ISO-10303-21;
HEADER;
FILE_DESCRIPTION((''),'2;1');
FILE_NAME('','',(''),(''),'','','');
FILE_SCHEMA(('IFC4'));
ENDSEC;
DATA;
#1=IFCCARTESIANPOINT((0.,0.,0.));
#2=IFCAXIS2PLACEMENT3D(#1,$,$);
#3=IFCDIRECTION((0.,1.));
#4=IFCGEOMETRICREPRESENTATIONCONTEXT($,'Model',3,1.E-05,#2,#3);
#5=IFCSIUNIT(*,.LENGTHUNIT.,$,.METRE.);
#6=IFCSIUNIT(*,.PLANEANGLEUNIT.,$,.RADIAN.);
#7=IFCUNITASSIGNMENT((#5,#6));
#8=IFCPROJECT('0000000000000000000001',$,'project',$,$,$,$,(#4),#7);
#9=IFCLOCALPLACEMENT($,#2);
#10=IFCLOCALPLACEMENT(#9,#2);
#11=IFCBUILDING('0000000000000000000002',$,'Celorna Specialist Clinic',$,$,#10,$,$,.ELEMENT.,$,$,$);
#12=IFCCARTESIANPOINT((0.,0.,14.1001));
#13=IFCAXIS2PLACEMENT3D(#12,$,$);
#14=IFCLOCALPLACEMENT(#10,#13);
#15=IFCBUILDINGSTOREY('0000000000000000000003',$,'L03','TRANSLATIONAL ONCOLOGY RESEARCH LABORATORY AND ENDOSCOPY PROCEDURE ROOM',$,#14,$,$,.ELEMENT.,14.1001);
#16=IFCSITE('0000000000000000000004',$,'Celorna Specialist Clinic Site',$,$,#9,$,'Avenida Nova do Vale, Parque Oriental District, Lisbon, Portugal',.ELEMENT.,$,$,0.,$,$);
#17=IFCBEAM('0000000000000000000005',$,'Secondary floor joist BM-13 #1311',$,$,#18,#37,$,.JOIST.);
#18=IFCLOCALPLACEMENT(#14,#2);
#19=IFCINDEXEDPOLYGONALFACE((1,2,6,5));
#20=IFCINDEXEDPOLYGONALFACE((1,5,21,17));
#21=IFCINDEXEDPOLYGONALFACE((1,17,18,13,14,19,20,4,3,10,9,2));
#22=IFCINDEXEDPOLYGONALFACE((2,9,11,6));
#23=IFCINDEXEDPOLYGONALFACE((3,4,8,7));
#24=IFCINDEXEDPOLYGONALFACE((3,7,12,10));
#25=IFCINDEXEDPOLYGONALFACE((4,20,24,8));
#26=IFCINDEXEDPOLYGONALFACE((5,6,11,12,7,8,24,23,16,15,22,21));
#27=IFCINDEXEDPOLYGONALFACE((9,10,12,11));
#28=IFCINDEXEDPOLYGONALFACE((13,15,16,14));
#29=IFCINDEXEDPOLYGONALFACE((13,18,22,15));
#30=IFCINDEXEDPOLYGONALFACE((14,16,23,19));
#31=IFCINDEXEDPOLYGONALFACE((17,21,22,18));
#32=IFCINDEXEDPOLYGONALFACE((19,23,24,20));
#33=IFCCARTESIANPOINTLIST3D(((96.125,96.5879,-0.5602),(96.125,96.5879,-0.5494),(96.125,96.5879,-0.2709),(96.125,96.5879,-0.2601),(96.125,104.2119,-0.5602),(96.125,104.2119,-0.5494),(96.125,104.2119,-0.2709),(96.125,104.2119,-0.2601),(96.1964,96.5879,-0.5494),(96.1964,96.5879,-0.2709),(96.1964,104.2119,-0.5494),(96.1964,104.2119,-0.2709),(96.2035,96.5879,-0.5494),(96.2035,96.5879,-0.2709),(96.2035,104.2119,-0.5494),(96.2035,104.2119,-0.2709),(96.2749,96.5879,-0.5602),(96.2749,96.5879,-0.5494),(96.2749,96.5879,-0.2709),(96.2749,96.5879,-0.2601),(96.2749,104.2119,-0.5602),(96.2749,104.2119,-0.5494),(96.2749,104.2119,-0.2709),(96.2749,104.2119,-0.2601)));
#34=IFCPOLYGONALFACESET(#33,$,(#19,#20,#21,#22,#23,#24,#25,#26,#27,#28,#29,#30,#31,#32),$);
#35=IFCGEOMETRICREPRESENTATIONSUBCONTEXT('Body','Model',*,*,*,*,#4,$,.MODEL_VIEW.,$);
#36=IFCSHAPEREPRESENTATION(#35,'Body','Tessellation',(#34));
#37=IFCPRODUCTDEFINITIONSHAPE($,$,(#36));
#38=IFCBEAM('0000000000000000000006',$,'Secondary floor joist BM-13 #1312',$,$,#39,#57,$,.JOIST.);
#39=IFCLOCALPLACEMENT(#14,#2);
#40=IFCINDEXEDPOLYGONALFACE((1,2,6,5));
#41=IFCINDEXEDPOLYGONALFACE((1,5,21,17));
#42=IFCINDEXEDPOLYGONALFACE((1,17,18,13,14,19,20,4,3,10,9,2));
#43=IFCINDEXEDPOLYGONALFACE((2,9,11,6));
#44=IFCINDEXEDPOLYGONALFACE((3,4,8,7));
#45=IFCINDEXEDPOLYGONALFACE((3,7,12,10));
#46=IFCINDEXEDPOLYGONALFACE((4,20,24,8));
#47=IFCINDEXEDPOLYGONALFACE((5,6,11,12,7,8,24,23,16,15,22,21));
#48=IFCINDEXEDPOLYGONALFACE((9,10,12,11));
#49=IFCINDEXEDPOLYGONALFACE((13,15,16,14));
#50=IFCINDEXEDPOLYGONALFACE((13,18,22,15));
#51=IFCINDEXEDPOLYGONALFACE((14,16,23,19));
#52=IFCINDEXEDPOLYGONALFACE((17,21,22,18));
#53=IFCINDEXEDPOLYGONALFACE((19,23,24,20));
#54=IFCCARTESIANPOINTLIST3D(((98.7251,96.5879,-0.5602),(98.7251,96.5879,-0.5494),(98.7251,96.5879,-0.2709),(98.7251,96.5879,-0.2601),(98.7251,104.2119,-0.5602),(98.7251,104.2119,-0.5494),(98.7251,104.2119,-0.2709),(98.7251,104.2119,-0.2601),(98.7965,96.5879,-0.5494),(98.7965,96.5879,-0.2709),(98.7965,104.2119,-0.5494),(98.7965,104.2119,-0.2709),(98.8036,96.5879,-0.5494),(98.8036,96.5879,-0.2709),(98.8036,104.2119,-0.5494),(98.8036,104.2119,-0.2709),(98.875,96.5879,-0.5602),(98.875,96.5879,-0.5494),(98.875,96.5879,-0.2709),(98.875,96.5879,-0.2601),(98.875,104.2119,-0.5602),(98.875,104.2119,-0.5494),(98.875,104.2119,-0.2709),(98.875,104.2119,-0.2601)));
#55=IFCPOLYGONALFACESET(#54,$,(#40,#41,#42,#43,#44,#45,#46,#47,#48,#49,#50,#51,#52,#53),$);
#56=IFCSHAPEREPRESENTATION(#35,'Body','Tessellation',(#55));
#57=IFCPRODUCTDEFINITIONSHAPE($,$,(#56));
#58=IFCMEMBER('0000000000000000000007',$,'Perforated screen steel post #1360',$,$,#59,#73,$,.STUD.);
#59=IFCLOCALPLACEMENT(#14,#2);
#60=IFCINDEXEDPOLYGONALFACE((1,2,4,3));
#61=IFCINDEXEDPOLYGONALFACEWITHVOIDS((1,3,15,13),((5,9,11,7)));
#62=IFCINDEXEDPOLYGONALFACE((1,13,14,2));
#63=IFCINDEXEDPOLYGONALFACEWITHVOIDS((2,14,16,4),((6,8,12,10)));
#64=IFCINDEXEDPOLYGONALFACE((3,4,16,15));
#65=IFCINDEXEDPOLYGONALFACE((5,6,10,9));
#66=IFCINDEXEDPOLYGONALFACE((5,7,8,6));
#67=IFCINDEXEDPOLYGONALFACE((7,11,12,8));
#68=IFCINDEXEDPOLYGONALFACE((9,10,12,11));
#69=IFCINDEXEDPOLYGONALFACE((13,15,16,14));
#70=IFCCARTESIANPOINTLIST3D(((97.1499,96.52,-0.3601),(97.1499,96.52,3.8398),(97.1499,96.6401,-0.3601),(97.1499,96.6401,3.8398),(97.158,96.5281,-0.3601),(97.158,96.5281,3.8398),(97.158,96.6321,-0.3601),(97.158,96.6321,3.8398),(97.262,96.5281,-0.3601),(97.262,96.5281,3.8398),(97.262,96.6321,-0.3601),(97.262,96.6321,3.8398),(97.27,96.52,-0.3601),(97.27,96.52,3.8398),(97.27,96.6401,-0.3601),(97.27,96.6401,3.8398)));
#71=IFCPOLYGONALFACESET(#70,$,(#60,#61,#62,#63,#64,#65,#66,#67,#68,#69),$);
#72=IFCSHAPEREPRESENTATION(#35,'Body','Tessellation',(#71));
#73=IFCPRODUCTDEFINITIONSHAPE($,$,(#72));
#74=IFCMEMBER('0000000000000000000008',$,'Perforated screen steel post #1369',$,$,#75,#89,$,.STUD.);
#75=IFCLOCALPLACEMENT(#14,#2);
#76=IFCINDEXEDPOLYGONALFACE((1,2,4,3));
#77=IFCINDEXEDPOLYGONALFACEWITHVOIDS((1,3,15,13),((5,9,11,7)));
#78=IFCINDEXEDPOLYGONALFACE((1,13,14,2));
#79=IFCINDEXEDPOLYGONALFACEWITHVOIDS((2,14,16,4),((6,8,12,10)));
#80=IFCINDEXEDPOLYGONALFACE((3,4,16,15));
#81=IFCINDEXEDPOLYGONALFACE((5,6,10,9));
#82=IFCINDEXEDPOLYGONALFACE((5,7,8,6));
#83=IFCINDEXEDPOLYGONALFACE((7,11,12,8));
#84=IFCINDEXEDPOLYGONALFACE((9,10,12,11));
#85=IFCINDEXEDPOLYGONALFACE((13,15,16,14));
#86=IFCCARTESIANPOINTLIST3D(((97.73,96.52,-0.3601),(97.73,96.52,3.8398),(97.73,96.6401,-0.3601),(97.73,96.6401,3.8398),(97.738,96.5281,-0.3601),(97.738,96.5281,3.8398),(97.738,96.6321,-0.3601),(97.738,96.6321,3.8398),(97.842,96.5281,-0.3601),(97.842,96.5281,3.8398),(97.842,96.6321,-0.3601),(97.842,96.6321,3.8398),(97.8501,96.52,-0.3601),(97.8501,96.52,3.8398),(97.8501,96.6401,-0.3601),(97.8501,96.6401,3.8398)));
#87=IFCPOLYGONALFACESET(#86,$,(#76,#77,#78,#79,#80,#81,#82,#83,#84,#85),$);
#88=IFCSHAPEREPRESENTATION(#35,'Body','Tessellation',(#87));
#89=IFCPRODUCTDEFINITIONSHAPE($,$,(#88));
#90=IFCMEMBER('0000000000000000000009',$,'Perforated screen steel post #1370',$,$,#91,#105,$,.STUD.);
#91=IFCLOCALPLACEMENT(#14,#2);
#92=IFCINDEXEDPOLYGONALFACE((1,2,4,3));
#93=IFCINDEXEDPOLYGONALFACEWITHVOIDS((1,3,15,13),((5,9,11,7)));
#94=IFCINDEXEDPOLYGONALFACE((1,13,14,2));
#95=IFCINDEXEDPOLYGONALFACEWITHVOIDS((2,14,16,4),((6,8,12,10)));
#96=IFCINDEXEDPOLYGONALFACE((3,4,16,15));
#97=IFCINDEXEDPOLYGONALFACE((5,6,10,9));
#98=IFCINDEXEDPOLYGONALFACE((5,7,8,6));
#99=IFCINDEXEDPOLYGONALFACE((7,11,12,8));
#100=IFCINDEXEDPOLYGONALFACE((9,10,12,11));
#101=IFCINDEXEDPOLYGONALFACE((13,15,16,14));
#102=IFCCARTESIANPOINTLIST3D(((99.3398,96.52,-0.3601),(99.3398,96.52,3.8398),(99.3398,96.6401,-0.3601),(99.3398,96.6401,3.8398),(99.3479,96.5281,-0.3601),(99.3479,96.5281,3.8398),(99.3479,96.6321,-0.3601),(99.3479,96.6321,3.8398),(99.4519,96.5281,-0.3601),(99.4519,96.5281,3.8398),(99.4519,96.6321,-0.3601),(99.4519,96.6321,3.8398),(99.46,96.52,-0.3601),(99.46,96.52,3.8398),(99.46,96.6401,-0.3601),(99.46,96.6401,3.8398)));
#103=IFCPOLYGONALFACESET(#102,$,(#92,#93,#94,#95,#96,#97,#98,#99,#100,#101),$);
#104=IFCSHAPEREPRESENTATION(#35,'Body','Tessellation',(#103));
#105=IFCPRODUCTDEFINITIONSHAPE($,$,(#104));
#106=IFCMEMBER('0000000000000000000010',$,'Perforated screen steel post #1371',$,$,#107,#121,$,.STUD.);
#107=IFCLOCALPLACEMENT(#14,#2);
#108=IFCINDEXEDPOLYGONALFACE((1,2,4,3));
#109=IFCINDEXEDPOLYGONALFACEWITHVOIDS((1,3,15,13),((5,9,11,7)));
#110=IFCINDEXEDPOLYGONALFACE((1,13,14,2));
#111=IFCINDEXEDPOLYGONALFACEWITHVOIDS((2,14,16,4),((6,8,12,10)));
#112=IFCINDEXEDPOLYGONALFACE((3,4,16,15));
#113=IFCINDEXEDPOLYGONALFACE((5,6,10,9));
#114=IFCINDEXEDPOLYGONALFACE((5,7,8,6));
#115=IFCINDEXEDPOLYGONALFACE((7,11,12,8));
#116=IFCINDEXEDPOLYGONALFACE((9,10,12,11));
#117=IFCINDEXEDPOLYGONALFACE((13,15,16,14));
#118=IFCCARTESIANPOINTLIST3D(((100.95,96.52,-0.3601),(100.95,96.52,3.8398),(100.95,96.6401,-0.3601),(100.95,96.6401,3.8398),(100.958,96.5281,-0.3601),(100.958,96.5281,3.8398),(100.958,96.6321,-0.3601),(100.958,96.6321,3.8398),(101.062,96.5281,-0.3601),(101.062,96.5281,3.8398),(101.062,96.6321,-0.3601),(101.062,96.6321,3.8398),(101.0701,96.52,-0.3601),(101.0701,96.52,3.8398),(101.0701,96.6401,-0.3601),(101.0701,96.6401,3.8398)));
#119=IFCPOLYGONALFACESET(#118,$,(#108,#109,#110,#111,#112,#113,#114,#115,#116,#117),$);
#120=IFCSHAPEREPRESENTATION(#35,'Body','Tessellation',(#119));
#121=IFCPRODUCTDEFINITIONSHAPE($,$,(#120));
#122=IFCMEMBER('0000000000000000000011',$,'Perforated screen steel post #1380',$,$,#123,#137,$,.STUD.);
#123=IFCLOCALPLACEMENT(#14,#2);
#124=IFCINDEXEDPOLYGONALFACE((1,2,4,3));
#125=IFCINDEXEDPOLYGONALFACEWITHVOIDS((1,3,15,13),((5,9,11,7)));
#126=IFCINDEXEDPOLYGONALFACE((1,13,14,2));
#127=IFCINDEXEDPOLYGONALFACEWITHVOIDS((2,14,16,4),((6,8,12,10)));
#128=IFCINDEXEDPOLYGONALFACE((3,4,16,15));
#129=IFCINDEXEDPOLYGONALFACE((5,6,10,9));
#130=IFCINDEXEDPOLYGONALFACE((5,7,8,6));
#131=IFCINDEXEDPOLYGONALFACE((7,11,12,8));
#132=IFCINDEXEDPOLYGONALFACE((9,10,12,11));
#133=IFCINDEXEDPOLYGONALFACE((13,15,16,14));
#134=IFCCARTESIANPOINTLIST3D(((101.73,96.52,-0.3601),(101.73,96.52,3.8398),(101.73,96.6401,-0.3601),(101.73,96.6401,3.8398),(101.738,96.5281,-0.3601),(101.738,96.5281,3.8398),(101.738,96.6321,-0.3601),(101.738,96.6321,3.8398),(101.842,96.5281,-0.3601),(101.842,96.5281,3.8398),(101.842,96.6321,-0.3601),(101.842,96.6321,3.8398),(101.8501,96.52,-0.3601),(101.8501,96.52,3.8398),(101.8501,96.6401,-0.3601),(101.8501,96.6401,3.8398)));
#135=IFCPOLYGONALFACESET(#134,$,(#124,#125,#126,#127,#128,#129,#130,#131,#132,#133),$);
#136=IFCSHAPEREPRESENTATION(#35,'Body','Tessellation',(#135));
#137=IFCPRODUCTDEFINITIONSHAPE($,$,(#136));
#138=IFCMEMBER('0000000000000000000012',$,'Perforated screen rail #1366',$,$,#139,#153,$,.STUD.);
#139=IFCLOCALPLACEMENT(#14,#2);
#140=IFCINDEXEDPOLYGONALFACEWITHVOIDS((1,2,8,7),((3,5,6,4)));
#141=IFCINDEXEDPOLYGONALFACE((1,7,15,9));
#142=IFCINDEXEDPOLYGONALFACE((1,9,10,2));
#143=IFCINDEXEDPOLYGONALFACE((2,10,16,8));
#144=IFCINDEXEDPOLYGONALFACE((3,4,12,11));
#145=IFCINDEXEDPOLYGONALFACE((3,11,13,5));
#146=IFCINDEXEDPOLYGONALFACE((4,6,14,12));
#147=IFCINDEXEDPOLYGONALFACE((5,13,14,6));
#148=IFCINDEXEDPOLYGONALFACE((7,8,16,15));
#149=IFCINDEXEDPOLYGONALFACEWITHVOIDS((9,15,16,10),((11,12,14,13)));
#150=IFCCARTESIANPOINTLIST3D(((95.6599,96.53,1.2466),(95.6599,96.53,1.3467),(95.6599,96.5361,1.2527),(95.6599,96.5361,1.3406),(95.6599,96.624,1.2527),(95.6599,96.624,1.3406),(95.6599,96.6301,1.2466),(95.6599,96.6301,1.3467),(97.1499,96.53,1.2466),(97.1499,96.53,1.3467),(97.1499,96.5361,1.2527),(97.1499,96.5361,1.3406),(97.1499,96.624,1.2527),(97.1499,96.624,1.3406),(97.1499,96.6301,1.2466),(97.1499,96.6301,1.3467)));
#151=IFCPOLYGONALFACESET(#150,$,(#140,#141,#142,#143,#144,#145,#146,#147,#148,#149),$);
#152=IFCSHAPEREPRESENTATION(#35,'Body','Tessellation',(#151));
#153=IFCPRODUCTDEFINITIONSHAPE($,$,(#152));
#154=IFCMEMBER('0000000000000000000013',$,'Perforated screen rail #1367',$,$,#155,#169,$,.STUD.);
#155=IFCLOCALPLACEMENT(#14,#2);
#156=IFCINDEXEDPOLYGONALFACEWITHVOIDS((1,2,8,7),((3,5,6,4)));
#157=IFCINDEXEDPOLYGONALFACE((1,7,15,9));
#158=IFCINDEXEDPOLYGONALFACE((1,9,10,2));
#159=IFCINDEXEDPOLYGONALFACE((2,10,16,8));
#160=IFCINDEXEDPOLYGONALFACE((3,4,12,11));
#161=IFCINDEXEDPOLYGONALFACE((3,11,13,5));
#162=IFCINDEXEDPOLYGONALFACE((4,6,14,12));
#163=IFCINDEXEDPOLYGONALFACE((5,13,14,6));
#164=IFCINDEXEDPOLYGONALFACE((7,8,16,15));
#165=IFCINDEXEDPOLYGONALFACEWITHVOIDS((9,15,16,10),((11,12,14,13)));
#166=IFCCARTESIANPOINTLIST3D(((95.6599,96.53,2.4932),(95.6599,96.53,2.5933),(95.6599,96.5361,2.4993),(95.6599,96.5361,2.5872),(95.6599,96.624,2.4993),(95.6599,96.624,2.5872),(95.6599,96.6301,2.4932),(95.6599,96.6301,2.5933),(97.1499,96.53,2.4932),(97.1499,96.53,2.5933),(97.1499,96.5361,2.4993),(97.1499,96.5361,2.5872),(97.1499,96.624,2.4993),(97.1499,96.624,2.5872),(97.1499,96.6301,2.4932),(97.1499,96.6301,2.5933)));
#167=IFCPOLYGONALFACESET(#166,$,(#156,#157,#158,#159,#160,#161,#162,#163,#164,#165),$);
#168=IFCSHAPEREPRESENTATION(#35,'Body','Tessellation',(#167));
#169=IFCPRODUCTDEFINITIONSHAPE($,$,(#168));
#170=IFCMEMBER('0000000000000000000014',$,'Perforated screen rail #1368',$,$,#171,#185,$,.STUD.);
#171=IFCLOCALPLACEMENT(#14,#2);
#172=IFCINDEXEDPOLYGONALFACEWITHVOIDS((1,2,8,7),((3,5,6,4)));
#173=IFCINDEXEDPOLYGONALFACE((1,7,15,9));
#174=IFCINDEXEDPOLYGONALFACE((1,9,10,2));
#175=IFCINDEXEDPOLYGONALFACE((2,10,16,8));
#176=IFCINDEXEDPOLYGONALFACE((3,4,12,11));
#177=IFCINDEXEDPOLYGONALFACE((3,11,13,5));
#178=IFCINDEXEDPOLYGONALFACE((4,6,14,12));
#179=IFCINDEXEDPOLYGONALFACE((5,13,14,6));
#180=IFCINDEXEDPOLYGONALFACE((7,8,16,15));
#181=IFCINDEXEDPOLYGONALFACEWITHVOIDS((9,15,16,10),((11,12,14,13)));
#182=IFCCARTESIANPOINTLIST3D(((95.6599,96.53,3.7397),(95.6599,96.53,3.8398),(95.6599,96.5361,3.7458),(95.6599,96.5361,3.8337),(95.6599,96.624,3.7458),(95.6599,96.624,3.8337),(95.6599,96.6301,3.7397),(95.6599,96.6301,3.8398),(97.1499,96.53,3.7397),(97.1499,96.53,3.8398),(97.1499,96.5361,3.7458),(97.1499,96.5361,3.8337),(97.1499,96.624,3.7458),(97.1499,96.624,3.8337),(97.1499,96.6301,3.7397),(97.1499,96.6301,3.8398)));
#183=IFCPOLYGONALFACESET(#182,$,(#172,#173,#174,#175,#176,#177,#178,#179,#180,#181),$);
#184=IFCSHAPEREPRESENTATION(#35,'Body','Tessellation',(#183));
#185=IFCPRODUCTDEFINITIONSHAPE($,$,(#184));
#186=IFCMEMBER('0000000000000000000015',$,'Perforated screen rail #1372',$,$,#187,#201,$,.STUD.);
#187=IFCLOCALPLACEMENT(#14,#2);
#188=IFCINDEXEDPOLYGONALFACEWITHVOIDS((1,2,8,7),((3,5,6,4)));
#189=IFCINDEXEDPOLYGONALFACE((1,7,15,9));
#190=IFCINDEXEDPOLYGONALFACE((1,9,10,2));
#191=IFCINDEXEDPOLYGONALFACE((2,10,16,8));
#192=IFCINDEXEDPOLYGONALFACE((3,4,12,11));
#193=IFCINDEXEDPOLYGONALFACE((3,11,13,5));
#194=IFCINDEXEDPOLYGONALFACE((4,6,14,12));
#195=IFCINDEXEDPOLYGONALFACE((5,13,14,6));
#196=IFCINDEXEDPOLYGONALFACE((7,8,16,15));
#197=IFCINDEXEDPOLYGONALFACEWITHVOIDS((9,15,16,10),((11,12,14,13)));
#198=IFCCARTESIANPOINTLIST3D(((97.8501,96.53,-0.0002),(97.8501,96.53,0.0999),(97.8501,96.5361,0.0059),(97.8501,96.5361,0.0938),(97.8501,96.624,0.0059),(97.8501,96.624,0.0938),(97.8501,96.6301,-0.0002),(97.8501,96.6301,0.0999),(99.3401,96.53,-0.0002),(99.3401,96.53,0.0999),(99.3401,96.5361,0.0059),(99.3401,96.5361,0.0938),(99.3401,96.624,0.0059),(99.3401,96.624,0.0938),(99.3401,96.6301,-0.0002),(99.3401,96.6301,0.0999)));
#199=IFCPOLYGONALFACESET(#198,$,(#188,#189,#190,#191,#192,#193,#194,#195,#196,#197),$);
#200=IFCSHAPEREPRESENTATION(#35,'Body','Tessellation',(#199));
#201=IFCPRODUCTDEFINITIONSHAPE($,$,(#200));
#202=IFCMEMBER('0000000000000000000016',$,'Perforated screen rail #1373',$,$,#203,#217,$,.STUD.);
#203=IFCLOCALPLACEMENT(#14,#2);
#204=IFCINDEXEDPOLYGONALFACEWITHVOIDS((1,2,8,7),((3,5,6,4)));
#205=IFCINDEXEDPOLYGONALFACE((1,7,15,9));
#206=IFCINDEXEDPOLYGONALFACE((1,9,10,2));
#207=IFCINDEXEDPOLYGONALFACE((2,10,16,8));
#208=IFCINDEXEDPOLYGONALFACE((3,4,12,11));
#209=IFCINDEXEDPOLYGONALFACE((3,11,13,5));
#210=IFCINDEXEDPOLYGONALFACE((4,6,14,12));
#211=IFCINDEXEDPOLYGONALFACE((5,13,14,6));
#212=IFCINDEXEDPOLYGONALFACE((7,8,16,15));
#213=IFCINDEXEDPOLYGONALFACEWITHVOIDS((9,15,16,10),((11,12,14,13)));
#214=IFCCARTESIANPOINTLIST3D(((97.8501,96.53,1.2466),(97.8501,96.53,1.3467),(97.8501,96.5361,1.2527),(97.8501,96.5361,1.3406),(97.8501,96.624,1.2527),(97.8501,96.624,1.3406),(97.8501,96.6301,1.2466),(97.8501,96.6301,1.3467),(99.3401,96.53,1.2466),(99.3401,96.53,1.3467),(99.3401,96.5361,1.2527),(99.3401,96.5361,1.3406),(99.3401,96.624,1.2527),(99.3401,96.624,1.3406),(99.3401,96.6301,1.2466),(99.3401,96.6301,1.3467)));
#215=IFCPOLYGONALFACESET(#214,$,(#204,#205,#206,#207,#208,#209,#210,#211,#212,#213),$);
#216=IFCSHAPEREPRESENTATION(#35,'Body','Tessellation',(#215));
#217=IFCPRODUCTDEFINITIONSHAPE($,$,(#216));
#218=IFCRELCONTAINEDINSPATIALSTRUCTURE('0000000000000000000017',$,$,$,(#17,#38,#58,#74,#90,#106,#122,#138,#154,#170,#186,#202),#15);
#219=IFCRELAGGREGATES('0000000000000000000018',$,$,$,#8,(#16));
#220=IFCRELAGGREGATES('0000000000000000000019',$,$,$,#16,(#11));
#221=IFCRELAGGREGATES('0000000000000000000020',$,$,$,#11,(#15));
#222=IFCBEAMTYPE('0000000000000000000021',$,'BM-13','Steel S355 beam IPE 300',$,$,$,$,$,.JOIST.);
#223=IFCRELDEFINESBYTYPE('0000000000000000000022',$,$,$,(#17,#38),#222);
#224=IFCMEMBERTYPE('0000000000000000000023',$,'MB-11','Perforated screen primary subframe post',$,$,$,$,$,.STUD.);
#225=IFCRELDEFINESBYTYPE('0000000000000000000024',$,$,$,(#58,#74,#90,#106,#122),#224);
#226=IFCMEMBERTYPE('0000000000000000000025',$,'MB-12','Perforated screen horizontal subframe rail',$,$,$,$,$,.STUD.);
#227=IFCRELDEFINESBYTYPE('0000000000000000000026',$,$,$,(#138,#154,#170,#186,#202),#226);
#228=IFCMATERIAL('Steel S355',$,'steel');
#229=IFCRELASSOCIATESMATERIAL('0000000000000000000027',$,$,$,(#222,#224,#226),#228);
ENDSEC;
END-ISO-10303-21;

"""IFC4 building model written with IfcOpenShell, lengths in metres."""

from ifc_helpers import new_model, si_unit, direction, frame, origin, origin_2d, place, context, subcontext, project, spatial, hollow_rectangle, i_section, extrude, material, material_profile, profile_set, type_object, element, save


model = new_model("IFC4")

# Units and contexts
model_context = context("Model", 3, precision=1e-05, world=origin(), true_north=direction((0.0, 1.0)))
body_context = subcontext(model_context, "Body", "Model", "MODEL_VIEW")
ifc_project = project(units=[si_unit("LENGTHUNIT", "METRE"), si_unit("PLANEANGLEUNIT", "RADIAN")], contexts=[model_context])

# Site, building, storey
site_placement = place(None, origin())
site = spatial("IfcSite", under=ifc_project, at=site_placement, Name="Celorna Specialist Clinic Site", LongName="Avenida Nova do Vale, Parque Oriental District, Lisbon, Portugal", CompositionType="ELEMENT", RefElevation=0.0)
building_placement = place(site_placement, origin())
building = spatial("IfcBuilding", under=site, at=building_placement, Name="Celorna Specialist Clinic", CompositionType="ELEMENT")
storey_placement = place(building_placement, frame((0.0, 0.0, 14.1001)))
storey = spatial("IfcBuildingStorey", under=building, at=storey_placement, Name="L03", Description="TRANSLATIONAL ONCOLOGY RESEARCH LABORATORY AND ENDOSCOPY PROCEDURE ROOM", CompositionType="ELEMENT", Elevation=14.1001)

# Beams
ifc_material_1 = material(Name="Steel S355", Category="steel")
ifc_material_profile_1 = material_profile(ifc_material_1, i_section(OverallWidth=0.1499, OverallDepth=0.3, WebThickness=0.0071, FlangeThickness=0.0107, at=origin_2d()), Name="IPE 300")
ifc_profile_set_1 = profile_set([ifc_material_profile_1], Name="Steel S355")
beam_type = type_object("IfcBeamType", Name="BM-13", Description="Steel S355 beam IPE 300", PredefinedType="JOIST", material=ifc_profile_set_1)
for number, where, z_axis, x_axis, name in (
    (1, (96.2, 96.5879, -0.4102), (0.0, 1.0, 0.0), (-1.0, 0.0, 0.0), "Secondary floor joist BM-13 #1311"),
    (2, (98.8, 96.5879, -0.4102), (0.0, 1.0, 0.0), (-1.0, 0.0, 0.0), "Secondary floor joist BM-13 #1312"),
):
    element("IfcBeam", number, at=place(storey_placement, frame(where, z_axis=z_axis, x_axis=x_axis)), inside=storey, type_object=beam_type, Name=name, PredefinedType="JOIST", context=body_context, shape_type="SweptSolid", body=[
        extrude(i_section(OverallWidth=0.1499, OverallDepth=0.3, WebThickness=0.0071, FlangeThickness=0.0107, at=origin_2d()), origin(), (0.0, 0.0, 1.0), 7.624),
    ])

# Members
ifc_material_profile_2 = material_profile(ifc_material_1, hollow_rectangle(XDim=0.1201, YDim=0.1201, WallThickness=0.0081, at=origin_2d()), Name="SHS 120x120x8")
ifc_profile_set_2 = profile_set([ifc_material_profile_2], Name="Steel S355")
member_type_1 = type_object("IfcMemberType", Name="MB-11", Description="Perforated screen primary subframe post", PredefinedType="STUD", material=ifc_profile_set_2)
for number, where, z_axis, x_axis, name in (
    (3, (97.21, 96.5801, -0.3601), (0.0, 0.0, 1.0), (1.0, 0.0, 0.0), "Perforated screen steel post #1360"),
    (4, (97.79, 96.5801, -0.3601), (0.0, 0.0, 1.0), (1.0, 0.0, 0.0), "Perforated screen steel post #1369"),
    (5, (99.3999, 96.5801, -0.3601), (0.0, 0.0, 1.0), (1.0, 0.0, 0.0), "Perforated screen steel post #1370"),
    (6, (101.01, 96.5801, -0.3601), (0.0, 0.0, 1.0), (1.0, 0.0, 0.0), "Perforated screen steel post #1371"),
    (7, (101.79, 96.5801, -0.3601), (0.0, 0.0, 1.0), (1.0, 0.0, 0.0), "Perforated screen steel post #1380"),
):
    element("IfcMember", number, at=place(storey_placement, frame(where, z_axis=z_axis, x_axis=x_axis)), inside=storey, type_object=member_type_1, Name=name, PredefinedType="STUD", context=body_context, shape_type="SweptSolid", body=[
        extrude(hollow_rectangle(XDim=0.1201, YDim=0.1201, WallThickness=0.0081, at=origin_2d()), origin(), (0.0, 0.0, 1.0), 4.2),
    ])
ifc_material_profile_3 = material_profile(ifc_material_1, hollow_rectangle(XDim=0.1001, YDim=0.1001, WallThickness=0.0061, at=origin_2d()), Name="SHS 100x100x6")
ifc_profile_set_3 = profile_set([ifc_material_profile_3], Name="Steel S355")
member_type_2 = type_object("IfcMemberType", Name="MB-12", Description="Perforated screen horizontal subframe rail", PredefinedType="STUD", material=ifc_profile_set_3)
for number, where, z_axis, x_axis, name in (
    (8, (95.6599, 96.5801, 1.2966), (1.0, 0.0, 0.0), (0.0, 1.0, 0.0), "Perforated screen rail #1366"),
    (9, (95.6599, 96.5801, 2.5432), (1.0, 0.0, 0.0), (0.0, 1.0, 0.0), "Perforated screen rail #1367"),
    (10, (95.6599, 96.5801, 3.7898), (1.0, 0.0, 0.0), (0.0, 1.0, 0.0), "Perforated screen rail #1368"),
    (11, (97.8501, 96.5801, 0.0498), (1.0, 0.0, 0.0), (0.0, 1.0, 0.0), "Perforated screen rail #1372"),
    (12, (97.8501, 96.5801, 1.2966), (1.0, 0.0, 0.0), (0.0, 1.0, 0.0), "Perforated screen rail #1373"),
):
    element("IfcMember", number, at=place(storey_placement, frame(where, z_axis=z_axis, x_axis=x_axis)), inside=storey, type_object=member_type_2, Name=name, PredefinedType="STUD", context=body_context, shape_type="SweptSolid", body=[
        extrude(hollow_rectangle(XDim=0.1001, YDim=0.1001, WallThickness=0.0061, at=origin_2d()), origin(), (0.0, 0.0, 1.0), 1.49),
    ])

save(model, "model.ifc")
